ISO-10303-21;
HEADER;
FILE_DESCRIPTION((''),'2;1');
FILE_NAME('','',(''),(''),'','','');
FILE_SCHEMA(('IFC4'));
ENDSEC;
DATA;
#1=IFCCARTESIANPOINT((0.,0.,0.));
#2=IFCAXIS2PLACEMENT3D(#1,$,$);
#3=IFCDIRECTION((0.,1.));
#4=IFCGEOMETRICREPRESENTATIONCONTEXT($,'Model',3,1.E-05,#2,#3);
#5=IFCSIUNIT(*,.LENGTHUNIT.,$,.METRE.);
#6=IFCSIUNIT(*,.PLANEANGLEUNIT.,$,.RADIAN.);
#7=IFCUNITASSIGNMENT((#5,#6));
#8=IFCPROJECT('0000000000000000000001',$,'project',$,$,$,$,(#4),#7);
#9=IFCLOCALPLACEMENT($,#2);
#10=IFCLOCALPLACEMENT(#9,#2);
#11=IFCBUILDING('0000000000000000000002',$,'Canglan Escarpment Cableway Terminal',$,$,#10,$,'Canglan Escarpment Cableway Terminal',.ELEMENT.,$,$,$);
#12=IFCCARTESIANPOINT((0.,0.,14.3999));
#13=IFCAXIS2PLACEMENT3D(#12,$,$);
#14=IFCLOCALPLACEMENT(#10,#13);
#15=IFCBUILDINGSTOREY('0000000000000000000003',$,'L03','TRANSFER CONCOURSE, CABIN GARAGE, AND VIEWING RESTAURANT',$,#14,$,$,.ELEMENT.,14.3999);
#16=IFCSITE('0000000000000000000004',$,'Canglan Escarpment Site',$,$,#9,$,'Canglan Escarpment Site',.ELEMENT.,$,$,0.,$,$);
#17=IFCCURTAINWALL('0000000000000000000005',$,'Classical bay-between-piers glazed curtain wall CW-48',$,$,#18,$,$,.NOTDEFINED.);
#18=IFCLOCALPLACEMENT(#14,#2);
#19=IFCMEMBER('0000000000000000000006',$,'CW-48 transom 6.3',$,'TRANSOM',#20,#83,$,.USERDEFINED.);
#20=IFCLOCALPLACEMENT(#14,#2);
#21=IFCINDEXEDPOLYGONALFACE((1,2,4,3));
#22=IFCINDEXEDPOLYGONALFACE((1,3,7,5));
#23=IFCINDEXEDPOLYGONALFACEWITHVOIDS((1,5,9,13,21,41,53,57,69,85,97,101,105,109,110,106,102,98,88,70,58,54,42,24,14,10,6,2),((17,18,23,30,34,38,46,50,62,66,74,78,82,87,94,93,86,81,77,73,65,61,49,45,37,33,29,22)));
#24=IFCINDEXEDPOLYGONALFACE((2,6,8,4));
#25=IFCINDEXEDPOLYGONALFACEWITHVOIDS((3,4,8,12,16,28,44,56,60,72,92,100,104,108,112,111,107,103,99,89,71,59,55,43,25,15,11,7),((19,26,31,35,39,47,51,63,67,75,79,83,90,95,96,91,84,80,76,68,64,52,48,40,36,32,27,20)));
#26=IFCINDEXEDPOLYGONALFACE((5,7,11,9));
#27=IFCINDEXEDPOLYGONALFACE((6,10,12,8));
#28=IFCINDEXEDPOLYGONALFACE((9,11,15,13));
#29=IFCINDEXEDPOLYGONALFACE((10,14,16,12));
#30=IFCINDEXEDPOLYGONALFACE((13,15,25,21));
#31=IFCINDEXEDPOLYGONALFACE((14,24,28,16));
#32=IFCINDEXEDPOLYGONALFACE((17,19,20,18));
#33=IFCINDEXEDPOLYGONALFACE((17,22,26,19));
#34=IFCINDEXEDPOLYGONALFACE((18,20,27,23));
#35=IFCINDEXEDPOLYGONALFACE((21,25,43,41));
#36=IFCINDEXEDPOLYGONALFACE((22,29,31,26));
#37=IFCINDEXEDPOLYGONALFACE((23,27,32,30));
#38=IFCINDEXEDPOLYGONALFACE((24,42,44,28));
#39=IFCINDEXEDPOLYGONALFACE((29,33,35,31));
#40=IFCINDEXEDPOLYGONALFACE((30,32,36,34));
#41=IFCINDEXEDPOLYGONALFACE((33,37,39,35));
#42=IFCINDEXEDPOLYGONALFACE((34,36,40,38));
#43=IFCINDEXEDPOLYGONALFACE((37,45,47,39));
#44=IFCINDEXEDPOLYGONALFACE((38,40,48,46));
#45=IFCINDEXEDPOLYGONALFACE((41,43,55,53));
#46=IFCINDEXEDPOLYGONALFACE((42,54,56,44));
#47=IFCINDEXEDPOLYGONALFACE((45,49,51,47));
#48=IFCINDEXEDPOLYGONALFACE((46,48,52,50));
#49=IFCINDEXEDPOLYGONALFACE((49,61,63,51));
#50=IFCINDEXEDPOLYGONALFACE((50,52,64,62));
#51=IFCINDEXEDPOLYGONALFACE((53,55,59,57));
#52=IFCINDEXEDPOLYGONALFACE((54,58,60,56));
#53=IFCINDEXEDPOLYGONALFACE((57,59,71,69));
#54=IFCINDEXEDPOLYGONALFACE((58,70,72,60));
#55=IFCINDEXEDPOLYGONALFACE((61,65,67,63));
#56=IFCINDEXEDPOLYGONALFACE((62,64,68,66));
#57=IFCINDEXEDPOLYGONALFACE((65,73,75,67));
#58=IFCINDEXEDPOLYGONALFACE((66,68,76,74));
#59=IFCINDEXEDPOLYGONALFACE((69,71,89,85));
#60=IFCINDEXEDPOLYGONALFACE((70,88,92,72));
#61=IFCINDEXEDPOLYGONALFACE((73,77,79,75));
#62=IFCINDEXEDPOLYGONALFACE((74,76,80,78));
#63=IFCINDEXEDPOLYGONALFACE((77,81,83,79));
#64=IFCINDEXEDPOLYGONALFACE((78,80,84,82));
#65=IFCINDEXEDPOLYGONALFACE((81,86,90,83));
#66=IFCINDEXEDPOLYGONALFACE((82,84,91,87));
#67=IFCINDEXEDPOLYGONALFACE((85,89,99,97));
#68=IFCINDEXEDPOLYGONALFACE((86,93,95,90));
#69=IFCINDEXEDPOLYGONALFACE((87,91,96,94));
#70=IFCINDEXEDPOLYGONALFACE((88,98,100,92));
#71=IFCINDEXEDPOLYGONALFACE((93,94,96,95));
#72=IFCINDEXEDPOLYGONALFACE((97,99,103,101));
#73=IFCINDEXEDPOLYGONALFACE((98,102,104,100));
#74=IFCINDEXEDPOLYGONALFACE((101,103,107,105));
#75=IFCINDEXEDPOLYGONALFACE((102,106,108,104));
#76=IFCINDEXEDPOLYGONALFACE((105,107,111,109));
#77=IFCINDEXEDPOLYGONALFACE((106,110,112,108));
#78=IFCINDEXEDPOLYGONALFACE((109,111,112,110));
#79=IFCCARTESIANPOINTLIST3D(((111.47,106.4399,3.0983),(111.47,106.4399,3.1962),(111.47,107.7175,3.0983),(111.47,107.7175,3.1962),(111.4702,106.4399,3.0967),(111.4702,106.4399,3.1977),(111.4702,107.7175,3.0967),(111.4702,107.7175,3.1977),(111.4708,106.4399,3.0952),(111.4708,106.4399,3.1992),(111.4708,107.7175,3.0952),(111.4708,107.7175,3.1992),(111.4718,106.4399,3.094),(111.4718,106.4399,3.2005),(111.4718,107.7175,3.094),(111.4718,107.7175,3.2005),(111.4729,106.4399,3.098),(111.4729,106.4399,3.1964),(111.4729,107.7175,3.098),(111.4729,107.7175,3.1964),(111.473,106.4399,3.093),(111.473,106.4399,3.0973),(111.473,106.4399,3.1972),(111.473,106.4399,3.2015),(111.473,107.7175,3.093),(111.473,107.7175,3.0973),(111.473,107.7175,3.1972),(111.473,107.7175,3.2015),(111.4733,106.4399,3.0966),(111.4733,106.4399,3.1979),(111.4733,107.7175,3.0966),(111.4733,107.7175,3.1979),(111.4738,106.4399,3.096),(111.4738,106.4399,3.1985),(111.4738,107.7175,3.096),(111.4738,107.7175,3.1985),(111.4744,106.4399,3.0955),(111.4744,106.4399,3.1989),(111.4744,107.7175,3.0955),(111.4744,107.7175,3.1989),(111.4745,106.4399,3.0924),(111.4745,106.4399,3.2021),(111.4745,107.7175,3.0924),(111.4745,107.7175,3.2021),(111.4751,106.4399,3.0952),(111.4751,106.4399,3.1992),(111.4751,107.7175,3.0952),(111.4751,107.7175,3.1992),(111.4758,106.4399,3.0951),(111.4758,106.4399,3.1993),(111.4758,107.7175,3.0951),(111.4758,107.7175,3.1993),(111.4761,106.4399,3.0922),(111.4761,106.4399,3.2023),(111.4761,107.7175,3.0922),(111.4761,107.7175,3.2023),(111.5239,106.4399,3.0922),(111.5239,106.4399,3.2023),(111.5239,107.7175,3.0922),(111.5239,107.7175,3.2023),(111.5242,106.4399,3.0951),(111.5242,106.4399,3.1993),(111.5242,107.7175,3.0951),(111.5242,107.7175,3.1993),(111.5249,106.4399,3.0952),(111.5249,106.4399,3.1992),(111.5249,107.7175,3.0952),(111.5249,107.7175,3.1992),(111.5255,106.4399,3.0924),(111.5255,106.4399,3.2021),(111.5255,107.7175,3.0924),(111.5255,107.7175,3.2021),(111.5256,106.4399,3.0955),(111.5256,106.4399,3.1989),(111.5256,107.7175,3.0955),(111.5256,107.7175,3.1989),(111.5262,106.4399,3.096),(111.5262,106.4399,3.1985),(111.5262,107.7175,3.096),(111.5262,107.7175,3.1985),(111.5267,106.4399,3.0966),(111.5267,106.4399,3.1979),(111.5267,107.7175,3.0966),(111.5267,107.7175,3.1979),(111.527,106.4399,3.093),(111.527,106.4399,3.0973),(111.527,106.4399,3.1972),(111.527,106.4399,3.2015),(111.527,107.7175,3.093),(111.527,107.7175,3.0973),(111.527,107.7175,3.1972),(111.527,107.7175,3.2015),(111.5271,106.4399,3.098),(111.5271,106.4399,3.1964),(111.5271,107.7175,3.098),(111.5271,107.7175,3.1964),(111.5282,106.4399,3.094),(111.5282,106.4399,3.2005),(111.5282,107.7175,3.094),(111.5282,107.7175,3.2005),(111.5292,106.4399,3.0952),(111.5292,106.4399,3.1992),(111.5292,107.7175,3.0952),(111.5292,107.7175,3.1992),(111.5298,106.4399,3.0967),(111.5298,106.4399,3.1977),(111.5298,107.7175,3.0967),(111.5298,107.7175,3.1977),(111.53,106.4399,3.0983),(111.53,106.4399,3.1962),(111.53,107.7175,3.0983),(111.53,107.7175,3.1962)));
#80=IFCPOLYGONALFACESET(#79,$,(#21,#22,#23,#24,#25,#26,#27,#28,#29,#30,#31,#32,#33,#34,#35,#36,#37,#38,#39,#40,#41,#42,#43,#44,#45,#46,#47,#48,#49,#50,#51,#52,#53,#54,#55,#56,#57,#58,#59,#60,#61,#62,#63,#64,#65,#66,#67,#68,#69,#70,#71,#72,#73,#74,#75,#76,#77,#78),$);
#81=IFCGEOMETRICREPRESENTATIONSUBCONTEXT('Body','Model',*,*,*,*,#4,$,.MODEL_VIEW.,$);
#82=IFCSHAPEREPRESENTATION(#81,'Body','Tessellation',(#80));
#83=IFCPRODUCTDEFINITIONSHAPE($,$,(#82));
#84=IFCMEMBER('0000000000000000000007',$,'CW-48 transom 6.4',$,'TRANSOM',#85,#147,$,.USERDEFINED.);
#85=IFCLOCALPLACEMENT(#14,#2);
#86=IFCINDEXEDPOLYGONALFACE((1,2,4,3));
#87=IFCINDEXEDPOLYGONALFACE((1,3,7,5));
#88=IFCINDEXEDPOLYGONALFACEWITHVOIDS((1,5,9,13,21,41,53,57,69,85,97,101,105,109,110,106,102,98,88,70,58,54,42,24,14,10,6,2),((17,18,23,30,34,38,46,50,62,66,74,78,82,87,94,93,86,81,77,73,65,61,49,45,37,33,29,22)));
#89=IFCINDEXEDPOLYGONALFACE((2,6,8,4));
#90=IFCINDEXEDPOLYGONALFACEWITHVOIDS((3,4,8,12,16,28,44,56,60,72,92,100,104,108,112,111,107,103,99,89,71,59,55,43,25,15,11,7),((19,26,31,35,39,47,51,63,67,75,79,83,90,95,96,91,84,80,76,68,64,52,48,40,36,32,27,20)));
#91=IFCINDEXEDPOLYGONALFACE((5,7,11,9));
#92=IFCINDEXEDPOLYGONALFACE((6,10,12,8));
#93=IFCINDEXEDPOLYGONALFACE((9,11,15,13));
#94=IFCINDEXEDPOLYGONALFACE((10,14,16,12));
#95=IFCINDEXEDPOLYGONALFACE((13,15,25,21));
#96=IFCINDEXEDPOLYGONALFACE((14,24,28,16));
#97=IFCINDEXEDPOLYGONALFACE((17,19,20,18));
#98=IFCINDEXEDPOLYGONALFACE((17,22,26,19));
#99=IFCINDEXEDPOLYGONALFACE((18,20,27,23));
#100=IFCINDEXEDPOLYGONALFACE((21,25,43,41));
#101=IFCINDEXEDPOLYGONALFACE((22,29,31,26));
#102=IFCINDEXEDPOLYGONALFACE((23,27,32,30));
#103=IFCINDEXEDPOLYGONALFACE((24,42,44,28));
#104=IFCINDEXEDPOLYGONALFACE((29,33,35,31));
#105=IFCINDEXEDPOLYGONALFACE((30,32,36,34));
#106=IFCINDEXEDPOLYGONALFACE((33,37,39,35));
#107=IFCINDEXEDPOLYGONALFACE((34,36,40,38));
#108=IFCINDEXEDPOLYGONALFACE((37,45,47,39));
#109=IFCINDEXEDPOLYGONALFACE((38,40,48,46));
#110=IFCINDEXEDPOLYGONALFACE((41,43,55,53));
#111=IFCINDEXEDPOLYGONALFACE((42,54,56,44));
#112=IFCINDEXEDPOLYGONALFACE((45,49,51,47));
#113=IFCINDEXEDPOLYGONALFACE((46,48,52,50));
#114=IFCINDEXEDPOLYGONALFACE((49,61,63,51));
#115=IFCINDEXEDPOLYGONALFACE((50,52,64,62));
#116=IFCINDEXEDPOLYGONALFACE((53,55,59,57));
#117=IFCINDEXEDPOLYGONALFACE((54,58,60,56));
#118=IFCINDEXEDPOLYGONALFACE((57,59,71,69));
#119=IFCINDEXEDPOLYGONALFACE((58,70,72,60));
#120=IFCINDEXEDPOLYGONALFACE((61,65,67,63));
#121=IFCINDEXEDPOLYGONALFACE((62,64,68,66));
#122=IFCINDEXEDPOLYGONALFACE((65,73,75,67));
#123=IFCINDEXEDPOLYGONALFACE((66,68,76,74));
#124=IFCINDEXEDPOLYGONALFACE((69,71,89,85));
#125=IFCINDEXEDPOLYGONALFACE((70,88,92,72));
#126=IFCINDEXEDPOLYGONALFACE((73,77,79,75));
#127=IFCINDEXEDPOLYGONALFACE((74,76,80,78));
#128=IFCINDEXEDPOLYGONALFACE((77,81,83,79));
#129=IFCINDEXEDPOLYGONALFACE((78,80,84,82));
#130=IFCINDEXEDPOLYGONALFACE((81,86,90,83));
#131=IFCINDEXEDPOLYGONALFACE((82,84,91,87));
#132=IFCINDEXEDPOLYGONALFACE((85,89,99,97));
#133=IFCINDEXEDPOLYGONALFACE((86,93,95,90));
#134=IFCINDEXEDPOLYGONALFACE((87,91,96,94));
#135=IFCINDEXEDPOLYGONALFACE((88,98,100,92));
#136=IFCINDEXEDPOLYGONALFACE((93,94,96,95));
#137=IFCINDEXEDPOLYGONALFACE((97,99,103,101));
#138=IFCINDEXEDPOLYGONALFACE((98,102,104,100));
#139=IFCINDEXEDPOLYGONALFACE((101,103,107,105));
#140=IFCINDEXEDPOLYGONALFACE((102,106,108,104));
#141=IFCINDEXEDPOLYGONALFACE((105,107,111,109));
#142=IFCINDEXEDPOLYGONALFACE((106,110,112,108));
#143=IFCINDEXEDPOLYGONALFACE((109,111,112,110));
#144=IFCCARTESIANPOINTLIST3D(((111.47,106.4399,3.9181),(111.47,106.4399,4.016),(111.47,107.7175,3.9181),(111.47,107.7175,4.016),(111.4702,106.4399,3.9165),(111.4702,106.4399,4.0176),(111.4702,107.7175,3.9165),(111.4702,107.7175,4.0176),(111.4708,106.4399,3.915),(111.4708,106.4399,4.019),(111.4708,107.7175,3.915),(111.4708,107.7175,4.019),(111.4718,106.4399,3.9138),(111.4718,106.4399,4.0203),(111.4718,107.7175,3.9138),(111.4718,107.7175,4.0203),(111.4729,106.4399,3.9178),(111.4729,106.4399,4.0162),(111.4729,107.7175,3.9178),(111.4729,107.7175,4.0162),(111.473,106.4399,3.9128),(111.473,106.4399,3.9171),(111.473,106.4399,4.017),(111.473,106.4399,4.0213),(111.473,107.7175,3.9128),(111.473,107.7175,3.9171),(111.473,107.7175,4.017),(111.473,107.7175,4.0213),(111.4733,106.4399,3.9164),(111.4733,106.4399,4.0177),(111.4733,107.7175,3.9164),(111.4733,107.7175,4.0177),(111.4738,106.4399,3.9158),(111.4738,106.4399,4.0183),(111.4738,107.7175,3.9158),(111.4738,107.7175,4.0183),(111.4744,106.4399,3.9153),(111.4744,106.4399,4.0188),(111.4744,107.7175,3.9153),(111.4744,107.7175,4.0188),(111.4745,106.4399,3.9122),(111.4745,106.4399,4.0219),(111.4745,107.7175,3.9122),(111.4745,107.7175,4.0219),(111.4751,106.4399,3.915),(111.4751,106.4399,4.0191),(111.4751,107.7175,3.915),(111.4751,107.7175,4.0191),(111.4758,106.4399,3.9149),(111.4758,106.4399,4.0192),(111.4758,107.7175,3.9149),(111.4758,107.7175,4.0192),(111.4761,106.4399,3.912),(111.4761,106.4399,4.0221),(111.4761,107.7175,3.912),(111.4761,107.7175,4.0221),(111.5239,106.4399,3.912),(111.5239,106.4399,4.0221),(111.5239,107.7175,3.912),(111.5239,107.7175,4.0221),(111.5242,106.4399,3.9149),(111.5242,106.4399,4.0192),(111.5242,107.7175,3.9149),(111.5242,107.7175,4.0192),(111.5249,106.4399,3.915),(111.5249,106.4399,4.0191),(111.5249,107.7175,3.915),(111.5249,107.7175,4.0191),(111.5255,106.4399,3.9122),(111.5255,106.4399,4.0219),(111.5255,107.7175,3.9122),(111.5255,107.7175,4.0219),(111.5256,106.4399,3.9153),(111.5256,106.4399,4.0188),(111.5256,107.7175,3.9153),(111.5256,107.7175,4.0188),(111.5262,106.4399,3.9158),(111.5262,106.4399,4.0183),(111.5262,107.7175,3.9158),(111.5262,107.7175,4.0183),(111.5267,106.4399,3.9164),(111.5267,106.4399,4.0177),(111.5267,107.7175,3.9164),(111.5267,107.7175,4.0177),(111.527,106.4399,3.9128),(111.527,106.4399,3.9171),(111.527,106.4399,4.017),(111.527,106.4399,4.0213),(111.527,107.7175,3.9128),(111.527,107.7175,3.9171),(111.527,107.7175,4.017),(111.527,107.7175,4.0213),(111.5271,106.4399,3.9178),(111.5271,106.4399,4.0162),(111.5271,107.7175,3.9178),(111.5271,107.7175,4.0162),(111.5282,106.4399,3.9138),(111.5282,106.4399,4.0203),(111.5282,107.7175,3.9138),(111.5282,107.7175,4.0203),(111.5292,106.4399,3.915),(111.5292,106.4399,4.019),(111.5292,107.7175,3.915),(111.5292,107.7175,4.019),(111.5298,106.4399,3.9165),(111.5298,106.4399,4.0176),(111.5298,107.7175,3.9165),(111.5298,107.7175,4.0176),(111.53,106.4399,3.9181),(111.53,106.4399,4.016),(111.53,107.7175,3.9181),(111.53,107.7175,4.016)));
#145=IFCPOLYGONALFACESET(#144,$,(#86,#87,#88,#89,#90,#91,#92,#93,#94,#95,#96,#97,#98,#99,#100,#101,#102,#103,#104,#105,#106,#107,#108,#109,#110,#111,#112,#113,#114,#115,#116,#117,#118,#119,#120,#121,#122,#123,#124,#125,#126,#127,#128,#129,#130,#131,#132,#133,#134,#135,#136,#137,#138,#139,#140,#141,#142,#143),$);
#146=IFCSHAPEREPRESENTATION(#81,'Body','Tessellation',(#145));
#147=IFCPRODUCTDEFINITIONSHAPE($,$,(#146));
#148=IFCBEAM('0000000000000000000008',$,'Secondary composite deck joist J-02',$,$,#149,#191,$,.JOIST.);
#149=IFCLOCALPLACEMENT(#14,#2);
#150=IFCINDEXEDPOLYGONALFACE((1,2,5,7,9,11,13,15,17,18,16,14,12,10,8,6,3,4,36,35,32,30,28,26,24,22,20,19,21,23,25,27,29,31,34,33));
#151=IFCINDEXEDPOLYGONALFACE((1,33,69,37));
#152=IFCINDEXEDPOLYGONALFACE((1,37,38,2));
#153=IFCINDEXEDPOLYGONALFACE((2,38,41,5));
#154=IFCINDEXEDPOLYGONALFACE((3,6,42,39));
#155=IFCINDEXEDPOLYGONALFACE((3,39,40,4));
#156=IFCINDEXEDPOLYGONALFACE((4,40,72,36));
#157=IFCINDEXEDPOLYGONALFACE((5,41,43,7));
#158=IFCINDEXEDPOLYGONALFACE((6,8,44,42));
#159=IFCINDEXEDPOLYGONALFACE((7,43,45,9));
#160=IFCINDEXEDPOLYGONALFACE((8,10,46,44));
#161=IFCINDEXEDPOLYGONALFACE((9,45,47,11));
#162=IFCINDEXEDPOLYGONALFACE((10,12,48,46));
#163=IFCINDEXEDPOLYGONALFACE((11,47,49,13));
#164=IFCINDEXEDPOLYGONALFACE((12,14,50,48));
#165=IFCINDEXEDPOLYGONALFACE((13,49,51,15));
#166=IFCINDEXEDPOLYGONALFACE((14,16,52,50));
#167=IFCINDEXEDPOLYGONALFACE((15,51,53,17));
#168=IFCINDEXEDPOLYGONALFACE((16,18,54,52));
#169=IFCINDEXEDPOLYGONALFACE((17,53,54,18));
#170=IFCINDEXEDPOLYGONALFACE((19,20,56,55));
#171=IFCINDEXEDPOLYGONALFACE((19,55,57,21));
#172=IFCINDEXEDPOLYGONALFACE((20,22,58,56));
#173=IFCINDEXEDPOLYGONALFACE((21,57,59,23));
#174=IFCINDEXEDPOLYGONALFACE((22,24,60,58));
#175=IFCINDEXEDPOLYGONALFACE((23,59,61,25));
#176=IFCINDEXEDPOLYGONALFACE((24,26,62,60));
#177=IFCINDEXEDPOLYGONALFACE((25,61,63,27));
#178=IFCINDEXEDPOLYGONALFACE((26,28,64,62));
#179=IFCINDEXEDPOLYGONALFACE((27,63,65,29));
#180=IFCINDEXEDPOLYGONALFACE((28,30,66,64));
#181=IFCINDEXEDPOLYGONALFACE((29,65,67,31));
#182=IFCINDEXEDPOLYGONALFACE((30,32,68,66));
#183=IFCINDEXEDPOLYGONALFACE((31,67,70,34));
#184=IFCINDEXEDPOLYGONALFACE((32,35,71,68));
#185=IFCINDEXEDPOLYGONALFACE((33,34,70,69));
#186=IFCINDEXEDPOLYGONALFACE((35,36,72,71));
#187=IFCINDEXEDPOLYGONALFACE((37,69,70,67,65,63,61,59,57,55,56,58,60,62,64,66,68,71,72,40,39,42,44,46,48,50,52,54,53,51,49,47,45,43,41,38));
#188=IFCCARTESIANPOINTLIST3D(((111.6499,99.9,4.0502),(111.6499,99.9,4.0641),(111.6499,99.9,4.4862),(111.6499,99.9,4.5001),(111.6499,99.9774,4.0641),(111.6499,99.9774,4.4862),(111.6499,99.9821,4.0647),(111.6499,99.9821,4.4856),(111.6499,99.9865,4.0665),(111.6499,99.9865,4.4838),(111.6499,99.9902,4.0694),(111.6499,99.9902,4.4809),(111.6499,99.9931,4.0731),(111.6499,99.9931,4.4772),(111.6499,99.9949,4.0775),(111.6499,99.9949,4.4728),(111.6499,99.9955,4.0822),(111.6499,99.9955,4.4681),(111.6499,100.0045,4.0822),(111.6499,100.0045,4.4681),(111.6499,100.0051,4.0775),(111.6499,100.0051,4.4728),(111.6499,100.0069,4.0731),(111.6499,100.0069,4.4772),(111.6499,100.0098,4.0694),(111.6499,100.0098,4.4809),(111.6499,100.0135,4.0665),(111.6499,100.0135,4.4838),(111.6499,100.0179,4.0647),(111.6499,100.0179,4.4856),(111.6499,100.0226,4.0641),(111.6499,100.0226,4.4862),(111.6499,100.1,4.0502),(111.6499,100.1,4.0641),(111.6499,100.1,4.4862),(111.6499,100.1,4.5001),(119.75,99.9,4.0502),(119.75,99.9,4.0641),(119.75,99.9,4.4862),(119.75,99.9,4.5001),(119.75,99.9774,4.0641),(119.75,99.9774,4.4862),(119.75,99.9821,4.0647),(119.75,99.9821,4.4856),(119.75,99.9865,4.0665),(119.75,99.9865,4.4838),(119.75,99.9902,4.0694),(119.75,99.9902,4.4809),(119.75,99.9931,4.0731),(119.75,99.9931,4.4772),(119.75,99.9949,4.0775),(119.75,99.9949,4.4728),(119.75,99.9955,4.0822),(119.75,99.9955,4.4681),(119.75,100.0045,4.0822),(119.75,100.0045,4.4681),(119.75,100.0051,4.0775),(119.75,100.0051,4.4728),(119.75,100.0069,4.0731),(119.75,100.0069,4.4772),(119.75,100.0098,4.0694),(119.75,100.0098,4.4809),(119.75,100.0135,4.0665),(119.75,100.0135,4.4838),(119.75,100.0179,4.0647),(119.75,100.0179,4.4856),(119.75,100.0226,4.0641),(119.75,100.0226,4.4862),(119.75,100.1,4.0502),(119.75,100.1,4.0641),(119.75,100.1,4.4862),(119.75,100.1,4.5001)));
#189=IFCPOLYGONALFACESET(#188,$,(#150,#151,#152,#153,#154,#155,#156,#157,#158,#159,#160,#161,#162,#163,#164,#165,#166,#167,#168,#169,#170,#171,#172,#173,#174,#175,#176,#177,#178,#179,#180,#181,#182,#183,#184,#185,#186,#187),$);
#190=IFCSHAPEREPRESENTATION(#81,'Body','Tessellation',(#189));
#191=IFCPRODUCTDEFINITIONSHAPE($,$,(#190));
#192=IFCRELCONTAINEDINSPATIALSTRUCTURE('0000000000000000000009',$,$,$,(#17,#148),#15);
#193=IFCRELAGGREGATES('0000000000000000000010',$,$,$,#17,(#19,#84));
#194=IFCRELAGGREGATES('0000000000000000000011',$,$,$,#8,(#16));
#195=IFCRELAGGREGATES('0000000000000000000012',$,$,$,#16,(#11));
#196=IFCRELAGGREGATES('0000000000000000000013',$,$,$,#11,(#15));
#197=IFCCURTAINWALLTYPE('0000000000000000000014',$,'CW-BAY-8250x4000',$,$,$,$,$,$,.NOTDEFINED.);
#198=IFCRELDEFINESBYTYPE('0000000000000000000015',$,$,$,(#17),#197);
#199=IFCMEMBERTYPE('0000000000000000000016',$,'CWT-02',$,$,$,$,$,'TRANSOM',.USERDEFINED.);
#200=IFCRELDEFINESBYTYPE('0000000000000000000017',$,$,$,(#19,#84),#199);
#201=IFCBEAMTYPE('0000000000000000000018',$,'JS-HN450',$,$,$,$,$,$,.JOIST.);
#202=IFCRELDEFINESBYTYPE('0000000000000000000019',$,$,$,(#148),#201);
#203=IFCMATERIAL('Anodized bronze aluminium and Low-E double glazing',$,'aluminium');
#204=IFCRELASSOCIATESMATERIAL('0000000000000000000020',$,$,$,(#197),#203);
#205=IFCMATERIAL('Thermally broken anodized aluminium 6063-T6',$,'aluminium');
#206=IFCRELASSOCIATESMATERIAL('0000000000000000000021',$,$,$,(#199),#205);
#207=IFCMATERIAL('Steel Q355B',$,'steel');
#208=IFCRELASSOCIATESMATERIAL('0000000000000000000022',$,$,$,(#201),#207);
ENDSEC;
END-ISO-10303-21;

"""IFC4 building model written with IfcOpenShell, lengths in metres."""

from ifc_helpers import new_model, si_unit, direction, frame, origin, origin_2d, place, context, subcontext, project, spatial, hollow_rectangle, i_section, extrude, material, material_profile, profile_set, type_object, element, aggregate, save


model = new_model("IFC4")

# Units and contexts
model_context = context("Model", 3, precision=1e-05, world=origin(), true_north=direction((0.0, 1.0)))
body_context = subcontext(model_context, "Body", "Model", "MODEL_VIEW")
ifc_project = project(units=[si_unit("LENGTHUNIT", "METRE"), si_unit("PLANEANGLEUNIT", "RADIAN")], contexts=[model_context])

# Site, building, storey
site_placement = place(None, origin())
site = spatial("IfcSite", under=ifc_project, at=site_placement, Name="Canglan Escarpment Site", LongName="Canglan Escarpment Site", CompositionType="ELEMENT", RefElevation=0.0)
building_placement = place(site_placement, origin())
building = spatial("IfcBuilding", under=site, at=building_placement, Name="Canglan Escarpment Cableway Terminal", LongName="Canglan Escarpment Cableway Terminal", CompositionType="ELEMENT")
storey_placement = place(building_placement, frame((0.0, 0.0, 14.3999)))
storey = spatial("IfcBuildingStorey", under=building, at=storey_placement, Name="L03", Description="TRANSFER CONCOURSE, CABIN GARAGE, AND VIEWING RESTAURANT", CompositionType="ELEMENT", Elevation=14.3999)

# Curtain wall, members
ifc_material_1 = material(Name="Anodized bronze aluminium and Low-E double glazing", Category="aluminium")
curtain_wall_type = type_object("IfcCurtainWallType", Name="CW-BAY-8250x4000", PredefinedType="NOTDEFINED", material=ifc_material_1)
curtain_wall_placement = place(storey_placement, origin())
curtain_wall = element("IfcCurtainWall", 1, at=curtain_wall_placement, inside=storey, type_object=curtain_wall_type, Name="Classical bay-between-piers glazed curtain wall CW-48", PredefinedType="NOTDEFINED")
ifc_material_2 = material(Name="Thermally broken anodized aluminium 6063-T6", Category="aluminium")
ifc_material_profile_1 = material_profile(ifc_material_2, hollow_rectangle(XDim=0.0601, YDim=0.1101, WallThickness=0.0029, InnerFilletRadius=0.0029, OuterFilletRadius=0.0061, at=origin_2d()), Name="ALU-TRAN 60x110x3")
ifc_profile_set_1 = profile_set([ifc_material_profile_1], Name="Thermally broken anodized aluminium 6063-T6")
member_type = type_object("IfcMemberType", Name="CWT-02", ElementType="TRANSOM", PredefinedType="USERDEFINED", material=ifc_profile_set_1)
member_1_placement = place(storey_placement, frame((111.5, 107.7175, 3.1472), z_axis=(0.0, -1.0, 0.0), x_axis=(1.0, 0.0, 0.0)))
member_1 = element("IfcMember", 2, at=member_1_placement, type_object=member_type, Name="CW-48 transom 6.3", ObjectType="TRANSOM", PredefinedType="USERDEFINED", context=body_context, shape_type="SweptSolid", body=[
    extrude(hollow_rectangle(XDim=0.0601, YDim=0.1101, WallThickness=0.0029, InnerFilletRadius=0.0029, OuterFilletRadius=0.0061, at=origin_2d()), origin(), (0.0, 0.0, 1.0), 1.2776),
])
member_2_placement = place(storey_placement, frame((111.5, 107.7175, 3.967), z_axis=(0.0, -1.0, 0.0), x_axis=(1.0, 0.0, 0.0)))
member_2 = element("IfcMember", 3, at=member_2_placement, type_object=member_type, Name="CW-48 transom 6.4", ObjectType="TRANSOM", PredefinedType="USERDEFINED", context=body_context, shape_type="SweptSolid", body=[
    extrude(hollow_rectangle(XDim=0.0601, YDim=0.1101, WallThickness=0.0029, InnerFilletRadius=0.0029, OuterFilletRadius=0.0061, at=origin_2d()), origin(), (0.0, 0.0, 1.0), 1.2776),
])

# Beam
ifc_material_3 = material(Name="Steel Q355B", Category="steel")
ifc_material_profile_2 = material_profile(ifc_material_3, i_section(OverallWidth=0.2, OverallDepth=0.45, WebThickness=0.009, FlangeThickness=0.0139, FilletRadius=0.0181, at=origin_2d()), Name="HN 450x200x9x14")
ifc_profile_set_2 = profile_set([ifc_material_profile_2], Name="Steel Q355B")
beam_type_1 = type_object("IfcBeamType", Name="JS-HN450", PredefinedType="JOIST", material=ifc_profile_set_2)
for number, where, z_axis, x_axis, name in (
    (4, (111.6499, 100.0, 4.2751), (1.0, 0.0, 0.0), (0.0, 1.0, 0.0), "Secondary composite deck joist J-02"),
):
    element("IfcBeam", number, at=place(storey_placement, frame(where, z_axis=z_axis, x_axis=x_axis)), inside=storey, type_object=beam_type_1, Name=name, PredefinedType="JOIST", context=body_context, shape_type="SweptSolid", body=[
        extrude(i_section(OverallWidth=0.2, OverallDepth=0.45, WebThickness=0.009, FlangeThickness=0.0139, FilletRadius=0.0181, at=origin_2d()), origin(), (0.0, 0.0, 1.0), 8.1001),
    ])

aggregate(curtain_wall, [member_1, member_2])

save(model, "model.ifc")
